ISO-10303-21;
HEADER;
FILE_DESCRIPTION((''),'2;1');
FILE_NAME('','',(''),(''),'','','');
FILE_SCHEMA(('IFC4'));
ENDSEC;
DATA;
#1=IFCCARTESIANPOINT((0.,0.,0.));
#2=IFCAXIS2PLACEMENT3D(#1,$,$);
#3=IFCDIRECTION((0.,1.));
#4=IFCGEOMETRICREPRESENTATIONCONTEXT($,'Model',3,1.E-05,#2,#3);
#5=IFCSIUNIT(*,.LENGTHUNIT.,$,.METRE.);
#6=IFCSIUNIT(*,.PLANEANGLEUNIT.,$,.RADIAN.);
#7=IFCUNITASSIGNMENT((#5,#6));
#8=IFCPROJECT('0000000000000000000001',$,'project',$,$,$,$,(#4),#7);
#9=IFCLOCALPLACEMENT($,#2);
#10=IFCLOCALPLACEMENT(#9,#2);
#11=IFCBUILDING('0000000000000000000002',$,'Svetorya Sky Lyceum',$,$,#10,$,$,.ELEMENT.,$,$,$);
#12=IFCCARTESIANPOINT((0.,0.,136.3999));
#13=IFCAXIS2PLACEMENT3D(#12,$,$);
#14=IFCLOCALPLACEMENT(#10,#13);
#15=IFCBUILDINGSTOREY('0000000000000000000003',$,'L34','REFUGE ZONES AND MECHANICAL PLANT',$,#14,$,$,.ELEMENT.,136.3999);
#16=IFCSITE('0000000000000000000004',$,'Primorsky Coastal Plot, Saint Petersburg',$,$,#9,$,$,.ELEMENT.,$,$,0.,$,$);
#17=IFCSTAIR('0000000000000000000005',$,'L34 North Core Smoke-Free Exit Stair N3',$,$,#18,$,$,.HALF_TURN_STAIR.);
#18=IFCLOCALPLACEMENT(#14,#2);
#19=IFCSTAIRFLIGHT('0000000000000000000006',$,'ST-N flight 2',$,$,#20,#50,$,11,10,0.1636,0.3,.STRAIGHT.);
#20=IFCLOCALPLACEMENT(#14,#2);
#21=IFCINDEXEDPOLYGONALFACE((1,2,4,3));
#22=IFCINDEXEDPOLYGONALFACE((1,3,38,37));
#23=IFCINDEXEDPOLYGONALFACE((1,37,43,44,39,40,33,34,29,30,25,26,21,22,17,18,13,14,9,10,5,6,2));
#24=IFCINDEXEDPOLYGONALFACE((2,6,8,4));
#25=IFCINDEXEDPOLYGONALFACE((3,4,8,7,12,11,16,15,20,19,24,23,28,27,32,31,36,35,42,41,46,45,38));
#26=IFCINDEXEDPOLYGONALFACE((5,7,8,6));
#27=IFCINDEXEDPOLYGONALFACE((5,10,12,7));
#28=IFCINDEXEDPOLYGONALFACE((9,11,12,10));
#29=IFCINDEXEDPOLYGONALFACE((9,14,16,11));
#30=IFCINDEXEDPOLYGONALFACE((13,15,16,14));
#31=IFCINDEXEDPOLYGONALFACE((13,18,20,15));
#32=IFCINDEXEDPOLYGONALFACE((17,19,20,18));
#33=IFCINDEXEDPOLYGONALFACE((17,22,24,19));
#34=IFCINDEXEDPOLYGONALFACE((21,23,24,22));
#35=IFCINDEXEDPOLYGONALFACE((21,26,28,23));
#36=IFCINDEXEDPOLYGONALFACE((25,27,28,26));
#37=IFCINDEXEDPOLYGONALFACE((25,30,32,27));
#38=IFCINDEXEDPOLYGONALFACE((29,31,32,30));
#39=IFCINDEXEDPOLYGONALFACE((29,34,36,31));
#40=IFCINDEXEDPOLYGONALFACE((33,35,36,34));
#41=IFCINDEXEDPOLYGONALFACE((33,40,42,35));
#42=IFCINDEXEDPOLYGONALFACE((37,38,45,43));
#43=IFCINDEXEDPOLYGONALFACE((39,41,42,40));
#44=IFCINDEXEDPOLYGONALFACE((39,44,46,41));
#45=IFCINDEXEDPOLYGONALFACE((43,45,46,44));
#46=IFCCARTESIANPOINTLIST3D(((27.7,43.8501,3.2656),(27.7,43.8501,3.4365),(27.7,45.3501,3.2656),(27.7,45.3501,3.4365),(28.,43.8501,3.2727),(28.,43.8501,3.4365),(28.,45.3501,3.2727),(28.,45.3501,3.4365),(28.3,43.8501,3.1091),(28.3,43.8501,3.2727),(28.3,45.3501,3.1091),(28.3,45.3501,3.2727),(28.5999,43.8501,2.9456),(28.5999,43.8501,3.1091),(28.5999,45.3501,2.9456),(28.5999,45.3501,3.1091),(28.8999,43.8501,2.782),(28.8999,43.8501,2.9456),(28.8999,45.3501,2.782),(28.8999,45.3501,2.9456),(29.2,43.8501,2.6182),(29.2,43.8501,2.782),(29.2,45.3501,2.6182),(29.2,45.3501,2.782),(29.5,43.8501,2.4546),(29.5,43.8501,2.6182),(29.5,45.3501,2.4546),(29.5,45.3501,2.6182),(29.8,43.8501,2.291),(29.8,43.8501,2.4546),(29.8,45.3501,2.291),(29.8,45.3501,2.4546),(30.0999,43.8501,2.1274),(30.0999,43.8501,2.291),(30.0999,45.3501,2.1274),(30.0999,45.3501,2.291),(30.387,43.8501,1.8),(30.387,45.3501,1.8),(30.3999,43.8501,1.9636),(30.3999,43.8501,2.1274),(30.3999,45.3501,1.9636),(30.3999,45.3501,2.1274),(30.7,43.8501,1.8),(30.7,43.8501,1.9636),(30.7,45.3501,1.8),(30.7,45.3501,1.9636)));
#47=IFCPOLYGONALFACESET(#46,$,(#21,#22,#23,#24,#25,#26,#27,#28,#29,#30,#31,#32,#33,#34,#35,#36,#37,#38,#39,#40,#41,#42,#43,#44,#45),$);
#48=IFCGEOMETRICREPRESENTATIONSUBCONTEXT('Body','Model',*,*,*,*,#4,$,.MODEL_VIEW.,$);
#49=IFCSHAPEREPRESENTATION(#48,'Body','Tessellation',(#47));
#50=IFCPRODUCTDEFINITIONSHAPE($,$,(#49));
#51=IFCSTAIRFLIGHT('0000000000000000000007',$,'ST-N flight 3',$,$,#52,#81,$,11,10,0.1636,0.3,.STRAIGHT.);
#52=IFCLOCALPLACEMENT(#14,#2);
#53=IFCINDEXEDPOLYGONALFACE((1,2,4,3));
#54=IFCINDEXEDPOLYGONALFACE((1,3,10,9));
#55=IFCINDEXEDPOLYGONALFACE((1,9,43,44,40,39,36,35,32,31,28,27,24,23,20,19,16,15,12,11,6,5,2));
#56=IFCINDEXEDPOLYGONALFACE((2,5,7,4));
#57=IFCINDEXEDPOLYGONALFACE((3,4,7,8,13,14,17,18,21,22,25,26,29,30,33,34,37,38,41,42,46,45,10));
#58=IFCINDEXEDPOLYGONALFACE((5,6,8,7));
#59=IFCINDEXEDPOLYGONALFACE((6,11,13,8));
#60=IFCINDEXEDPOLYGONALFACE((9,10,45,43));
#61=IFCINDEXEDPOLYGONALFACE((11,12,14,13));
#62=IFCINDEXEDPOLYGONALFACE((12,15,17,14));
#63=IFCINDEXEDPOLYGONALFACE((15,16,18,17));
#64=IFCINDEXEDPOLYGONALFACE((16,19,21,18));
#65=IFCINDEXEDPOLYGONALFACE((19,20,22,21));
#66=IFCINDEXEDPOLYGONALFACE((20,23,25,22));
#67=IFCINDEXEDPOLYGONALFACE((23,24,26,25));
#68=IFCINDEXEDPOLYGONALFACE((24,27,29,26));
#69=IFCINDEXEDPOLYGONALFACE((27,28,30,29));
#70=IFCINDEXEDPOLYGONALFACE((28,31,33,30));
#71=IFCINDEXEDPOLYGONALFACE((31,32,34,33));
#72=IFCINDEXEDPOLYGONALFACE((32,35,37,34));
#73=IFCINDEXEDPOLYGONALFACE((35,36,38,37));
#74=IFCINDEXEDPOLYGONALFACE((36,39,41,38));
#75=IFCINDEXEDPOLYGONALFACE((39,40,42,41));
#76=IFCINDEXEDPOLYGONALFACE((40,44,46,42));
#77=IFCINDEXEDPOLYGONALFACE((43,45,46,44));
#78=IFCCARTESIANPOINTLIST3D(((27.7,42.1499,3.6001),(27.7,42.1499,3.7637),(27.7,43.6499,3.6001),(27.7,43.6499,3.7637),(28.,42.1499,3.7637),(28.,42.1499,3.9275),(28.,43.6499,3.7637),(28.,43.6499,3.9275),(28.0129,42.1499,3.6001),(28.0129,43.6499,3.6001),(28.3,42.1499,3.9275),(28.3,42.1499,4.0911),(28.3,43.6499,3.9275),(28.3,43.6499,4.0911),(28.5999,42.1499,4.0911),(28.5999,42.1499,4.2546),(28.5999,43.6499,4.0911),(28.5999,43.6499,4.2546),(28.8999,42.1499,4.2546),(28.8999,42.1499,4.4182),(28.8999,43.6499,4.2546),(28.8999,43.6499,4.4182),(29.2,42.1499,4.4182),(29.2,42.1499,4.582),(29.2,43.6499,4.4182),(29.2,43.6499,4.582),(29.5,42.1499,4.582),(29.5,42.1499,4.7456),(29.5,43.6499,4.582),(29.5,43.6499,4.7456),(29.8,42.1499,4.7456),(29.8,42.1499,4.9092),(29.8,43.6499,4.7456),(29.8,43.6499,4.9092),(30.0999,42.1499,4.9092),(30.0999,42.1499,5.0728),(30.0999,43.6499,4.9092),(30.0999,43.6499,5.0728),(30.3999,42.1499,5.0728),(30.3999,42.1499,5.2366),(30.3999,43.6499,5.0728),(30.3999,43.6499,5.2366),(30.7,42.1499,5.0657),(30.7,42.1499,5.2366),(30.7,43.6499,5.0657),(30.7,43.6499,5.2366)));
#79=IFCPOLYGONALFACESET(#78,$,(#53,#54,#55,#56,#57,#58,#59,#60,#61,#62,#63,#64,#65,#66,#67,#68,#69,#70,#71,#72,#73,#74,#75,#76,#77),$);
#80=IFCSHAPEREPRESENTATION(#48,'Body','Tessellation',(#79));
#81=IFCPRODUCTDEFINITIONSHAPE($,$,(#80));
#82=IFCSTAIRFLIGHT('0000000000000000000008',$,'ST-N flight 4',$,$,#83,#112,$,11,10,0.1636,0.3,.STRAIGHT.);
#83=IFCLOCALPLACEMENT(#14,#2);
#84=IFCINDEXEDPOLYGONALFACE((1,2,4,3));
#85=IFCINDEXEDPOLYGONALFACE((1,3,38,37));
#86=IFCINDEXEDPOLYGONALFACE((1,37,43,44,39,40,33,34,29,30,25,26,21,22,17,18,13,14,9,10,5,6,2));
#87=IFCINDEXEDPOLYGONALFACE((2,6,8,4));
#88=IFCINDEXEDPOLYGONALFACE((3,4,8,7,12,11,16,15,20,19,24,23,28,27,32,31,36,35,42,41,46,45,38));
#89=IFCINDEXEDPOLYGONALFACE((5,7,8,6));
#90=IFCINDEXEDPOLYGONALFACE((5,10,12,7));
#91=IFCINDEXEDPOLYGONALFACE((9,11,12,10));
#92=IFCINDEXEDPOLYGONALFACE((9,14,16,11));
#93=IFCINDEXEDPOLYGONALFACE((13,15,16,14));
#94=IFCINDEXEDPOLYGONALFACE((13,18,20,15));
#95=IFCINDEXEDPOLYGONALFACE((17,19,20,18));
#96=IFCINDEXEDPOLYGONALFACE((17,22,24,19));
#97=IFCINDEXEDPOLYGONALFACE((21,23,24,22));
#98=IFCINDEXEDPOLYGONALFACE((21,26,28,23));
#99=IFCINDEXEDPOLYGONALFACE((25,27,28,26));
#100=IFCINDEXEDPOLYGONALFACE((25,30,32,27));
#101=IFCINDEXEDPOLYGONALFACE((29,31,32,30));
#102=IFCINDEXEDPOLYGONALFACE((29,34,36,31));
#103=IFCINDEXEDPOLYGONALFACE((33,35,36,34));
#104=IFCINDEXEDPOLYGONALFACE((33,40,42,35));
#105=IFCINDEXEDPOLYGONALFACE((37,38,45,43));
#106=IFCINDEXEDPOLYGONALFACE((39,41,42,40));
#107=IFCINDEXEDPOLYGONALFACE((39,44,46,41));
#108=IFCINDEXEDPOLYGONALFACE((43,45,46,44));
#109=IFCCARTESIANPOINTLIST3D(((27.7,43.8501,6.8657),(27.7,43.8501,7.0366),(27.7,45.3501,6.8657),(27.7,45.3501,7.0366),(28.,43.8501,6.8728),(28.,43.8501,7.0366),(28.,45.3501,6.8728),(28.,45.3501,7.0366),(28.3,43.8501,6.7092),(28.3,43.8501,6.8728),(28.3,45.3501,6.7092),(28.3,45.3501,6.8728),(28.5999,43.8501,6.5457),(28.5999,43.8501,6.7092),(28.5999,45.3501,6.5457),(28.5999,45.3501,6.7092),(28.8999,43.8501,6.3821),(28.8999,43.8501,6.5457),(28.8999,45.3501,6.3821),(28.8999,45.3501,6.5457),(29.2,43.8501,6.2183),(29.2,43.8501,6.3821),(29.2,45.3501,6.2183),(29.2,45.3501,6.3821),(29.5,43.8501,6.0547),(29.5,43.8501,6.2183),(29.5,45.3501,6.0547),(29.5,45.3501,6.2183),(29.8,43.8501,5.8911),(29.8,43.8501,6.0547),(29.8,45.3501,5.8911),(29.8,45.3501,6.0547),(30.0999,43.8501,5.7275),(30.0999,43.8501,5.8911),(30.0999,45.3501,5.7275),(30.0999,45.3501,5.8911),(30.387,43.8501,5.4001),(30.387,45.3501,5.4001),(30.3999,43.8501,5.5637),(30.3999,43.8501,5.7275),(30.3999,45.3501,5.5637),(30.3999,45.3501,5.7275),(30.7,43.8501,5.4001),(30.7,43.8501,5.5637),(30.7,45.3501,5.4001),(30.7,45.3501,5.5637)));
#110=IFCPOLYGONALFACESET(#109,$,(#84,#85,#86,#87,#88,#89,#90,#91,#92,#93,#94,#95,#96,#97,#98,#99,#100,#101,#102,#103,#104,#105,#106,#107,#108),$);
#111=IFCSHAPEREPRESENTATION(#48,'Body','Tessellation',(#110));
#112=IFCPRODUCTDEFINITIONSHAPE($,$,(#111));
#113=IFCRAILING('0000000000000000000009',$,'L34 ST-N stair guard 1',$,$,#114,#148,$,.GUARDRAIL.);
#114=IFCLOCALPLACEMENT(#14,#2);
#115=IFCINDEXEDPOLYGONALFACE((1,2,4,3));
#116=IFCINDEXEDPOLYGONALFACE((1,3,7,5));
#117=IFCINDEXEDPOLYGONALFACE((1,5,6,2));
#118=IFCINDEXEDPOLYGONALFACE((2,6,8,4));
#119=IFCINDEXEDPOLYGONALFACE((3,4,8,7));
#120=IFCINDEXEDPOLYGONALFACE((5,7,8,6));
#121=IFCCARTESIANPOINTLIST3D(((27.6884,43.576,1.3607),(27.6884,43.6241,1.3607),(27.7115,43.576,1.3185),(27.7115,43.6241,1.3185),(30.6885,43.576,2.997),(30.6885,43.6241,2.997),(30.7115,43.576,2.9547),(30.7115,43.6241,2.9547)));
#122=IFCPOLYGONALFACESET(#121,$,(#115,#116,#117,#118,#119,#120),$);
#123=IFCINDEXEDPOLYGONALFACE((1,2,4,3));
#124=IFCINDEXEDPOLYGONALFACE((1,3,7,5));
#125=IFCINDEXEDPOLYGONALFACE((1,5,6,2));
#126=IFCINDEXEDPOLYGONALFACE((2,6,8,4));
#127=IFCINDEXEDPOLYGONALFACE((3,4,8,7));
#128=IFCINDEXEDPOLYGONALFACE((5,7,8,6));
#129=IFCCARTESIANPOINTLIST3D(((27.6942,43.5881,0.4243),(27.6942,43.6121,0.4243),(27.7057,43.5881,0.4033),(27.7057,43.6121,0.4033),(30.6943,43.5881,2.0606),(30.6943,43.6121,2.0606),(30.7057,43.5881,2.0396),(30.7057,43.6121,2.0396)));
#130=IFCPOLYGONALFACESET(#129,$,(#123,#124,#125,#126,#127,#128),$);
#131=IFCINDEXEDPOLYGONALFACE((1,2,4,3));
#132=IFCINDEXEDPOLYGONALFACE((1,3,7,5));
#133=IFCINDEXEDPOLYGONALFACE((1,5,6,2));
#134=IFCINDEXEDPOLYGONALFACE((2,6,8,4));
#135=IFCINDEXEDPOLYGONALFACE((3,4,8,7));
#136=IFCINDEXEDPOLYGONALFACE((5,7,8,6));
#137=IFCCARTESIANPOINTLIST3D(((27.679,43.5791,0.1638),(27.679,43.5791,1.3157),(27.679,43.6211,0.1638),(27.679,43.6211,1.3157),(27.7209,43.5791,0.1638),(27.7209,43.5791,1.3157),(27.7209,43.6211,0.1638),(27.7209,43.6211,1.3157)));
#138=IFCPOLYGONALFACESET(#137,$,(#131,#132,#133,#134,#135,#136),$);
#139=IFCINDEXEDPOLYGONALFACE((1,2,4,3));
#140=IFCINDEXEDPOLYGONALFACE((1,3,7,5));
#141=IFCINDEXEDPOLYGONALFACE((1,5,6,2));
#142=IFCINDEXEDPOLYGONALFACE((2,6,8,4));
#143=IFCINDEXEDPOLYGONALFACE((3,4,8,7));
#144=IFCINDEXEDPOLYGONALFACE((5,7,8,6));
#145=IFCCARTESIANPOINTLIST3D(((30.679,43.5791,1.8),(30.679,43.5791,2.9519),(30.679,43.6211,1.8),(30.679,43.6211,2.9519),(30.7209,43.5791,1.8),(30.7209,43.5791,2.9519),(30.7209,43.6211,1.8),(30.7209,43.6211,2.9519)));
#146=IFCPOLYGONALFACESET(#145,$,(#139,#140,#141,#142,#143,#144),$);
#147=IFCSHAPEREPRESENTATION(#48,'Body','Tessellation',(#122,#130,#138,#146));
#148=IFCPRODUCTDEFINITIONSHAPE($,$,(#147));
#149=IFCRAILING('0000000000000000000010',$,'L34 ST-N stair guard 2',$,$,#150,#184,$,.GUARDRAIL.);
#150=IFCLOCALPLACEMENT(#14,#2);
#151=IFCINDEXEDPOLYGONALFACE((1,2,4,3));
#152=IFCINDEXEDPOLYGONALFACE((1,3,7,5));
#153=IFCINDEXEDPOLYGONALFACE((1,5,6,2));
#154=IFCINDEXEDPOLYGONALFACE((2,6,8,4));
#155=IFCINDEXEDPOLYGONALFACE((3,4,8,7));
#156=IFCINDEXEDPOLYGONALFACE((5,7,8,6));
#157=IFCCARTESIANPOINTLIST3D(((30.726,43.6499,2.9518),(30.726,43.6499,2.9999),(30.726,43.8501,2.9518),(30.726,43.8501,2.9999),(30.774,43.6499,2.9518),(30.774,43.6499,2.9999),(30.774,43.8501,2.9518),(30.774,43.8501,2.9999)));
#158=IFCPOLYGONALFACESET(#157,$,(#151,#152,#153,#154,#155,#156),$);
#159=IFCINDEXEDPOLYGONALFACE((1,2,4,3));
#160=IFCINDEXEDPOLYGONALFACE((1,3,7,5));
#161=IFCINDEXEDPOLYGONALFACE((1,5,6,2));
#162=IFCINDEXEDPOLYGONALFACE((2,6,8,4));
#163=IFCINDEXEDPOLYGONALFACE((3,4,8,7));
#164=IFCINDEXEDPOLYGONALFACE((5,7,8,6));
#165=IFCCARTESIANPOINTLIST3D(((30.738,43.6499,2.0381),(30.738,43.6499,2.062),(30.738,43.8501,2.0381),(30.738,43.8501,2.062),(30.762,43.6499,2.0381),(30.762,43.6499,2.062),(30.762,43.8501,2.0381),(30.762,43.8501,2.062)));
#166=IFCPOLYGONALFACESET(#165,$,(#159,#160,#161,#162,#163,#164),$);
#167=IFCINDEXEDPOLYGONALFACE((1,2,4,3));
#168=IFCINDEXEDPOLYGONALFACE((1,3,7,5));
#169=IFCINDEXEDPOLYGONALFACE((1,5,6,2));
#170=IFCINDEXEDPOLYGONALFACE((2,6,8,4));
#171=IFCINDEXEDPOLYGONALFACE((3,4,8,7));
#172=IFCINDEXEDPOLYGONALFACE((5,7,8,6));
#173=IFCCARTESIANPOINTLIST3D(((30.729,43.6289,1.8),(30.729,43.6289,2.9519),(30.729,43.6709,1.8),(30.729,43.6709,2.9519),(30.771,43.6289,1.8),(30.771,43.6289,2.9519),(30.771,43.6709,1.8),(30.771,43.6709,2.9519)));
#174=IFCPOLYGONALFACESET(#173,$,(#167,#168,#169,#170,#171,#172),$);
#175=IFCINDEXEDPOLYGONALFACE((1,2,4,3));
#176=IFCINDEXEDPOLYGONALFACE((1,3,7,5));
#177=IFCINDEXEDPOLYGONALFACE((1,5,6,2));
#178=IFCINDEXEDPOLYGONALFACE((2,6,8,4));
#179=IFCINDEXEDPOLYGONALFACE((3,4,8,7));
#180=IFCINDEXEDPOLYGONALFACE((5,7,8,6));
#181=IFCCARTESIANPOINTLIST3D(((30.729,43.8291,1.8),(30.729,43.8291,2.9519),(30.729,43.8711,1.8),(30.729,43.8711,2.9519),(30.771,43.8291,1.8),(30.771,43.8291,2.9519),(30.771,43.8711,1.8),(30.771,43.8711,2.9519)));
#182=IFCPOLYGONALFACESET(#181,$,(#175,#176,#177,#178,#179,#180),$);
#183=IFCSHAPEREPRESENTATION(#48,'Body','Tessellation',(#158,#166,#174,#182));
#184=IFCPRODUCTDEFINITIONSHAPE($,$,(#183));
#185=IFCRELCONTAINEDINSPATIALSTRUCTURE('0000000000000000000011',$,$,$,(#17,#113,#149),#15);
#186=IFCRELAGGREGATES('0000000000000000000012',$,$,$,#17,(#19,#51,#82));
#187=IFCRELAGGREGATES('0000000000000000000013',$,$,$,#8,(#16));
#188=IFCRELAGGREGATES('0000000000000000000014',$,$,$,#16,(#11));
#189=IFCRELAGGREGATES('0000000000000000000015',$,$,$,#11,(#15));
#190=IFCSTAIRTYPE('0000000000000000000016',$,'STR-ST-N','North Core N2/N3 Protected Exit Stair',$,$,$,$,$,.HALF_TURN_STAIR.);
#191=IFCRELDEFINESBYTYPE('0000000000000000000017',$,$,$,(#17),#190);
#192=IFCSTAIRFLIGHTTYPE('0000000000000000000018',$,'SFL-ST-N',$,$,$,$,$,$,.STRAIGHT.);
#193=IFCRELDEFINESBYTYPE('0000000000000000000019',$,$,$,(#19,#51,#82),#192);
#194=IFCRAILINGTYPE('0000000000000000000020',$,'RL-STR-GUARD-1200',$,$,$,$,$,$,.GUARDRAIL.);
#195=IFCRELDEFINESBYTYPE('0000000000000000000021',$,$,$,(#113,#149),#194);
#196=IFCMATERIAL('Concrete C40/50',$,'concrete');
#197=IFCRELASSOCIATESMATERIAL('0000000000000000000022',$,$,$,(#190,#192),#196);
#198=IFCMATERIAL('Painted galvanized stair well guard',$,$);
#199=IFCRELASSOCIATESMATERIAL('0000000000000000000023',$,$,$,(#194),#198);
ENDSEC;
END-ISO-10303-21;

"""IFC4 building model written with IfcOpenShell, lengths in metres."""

from ifc_helpers import new_model, si_unit, direction, frame, origin, origin_2d, place, context, subcontext, project, spatial, polyline, rectangle, outline, extrude, material, type_object, element, aggregate, save


model = new_model("IFC4")

# Units and contexts
model_context = context("Model", 3, precision=1e-05, world=origin(), true_north=direction((0.0, 1.0)))
body_context = subcontext(model_context, "Body", "Model", "MODEL_VIEW")
ifc_project = project(units=[si_unit("LENGTHUNIT", "METRE"), si_unit("PLANEANGLEUNIT", "RADIAN")], contexts=[model_context])

# Site, building, storey
site_placement = place(None, origin())
site = spatial("IfcSite", under=ifc_project, at=site_placement, Name="Primorsky Coastal Plot, Saint Petersburg", CompositionType="ELEMENT", RefElevation=0.0)
building_placement = place(site_placement, origin())
building = spatial("IfcBuilding", under=site, at=building_placement, Name="Svetorya Sky Lyceum", CompositionType="ELEMENT")
storey_placement = place(building_placement, frame((0.0, 0.0, 136.3999)))
storey = spatial("IfcBuildingStorey", under=building, at=storey_placement, Name="L34", Description="REFUGE ZONES AND MECHANICAL PLANT", CompositionType="ELEMENT", Elevation=136.3999)

# Stair, stair flights
ifc_material_1 = material(Name="Concrete C40/50", Category="concrete")
stair_type = type_object("IfcStairType", Name="STR-ST-N", Description="North Core N2/N3 Protected Exit Stair", PredefinedType="HALF_TURN_STAIR", material=ifc_material_1)
stair_placement = place(storey_placement, origin())
stair = element("IfcStair", 1, at=stair_placement, inside=storey, type_object=stair_type, Name="L34 North Core Smoke-Free Exit Stair N3", PredefinedType="HALF_TURN_STAIR")
stair_flight_type = type_object("IfcStairFlightType", Name="SFL-ST-N", PredefinedType="STRAIGHT", material=ifc_material_1)
stair_flight_1_placement = place(storey_placement, frame((30.7, 44.6001, 1.8), z_axis=(0.0, 0.0, 1.0), x_axis=(-1.0, 0.0, 0.0)))
stair_flight_1 = element("IfcStairFlight", 2, at=stair_flight_1_placement, type_object=stair_flight_type, Name="ST-N flight 2", NumberOfRisers=11, NumberOfTreads=10, PredefinedType="STRAIGHT", RiserHeight=0.1636, TreadLength=0.3, context=body_context, shape_type="SweptSolid", body=[
    extrude(outline(polyline([(0.0, 0.0), (0.0, 0.1636), (0.3, 0.1636), (0.3, 0.3274), (0.6001, 0.3274), (0.6001, 0.491), (0.8999, 0.491), (0.8999, 0.6545), (1.2, 0.6545), (1.2, 0.8181), (1.5, 0.8181), (1.5, 0.9819), (1.8, 0.9819), (1.8, 1.1455), (2.1001, 1.1455), (2.1001, 1.3091), (2.3999, 1.3091), (2.3999, 1.4727), (2.7, 1.4727), (2.7, 1.6365), (3.0, 1.6365), (3.0, 1.8), (3.0, 1.4656), (0.313, 0.0), (0.0, 0.0)])), frame((0.0, 0.75, 0.0), z_axis=(0.0, -1.0, 0.0), x_axis=(1.0, 0.0, 0.0)), (0.0, 0.0, 1.0), 1.5),
])
stair_flight_2_placement = place(storey_placement, frame((27.7, 42.8999, 3.6001), z_axis=(0.0, 0.0, 1.0), x_axis=(1.0, 0.0, 0.0)))
stair_flight_2 = element("IfcStairFlight", 3, at=stair_flight_2_placement, type_object=stair_flight_type, Name="ST-N flight 3", NumberOfRisers=11, NumberOfTreads=10, PredefinedType="STRAIGHT", RiserHeight=0.1636, TreadLength=0.3, context=body_context, shape_type="SweptSolid", body=[
    extrude(outline(polyline([(0.0, 0.0), (0.0, 0.1636), (0.3, 0.1636), (0.3, 0.3274), (0.6001, 0.3274), (0.6001, 0.491), (0.8999, 0.491), (0.8999, 0.6545), (1.2, 0.6545), (1.2, 0.8181), (1.5, 0.8181), (1.5, 0.9819), (1.8, 0.9819), (1.8, 1.1455), (2.1001, 1.1455), (2.1001, 1.3091), (2.3999, 1.3091), (2.3999, 1.4727), (2.7, 1.4727), (2.7, 1.6365), (3.0, 1.6365), (3.0, 1.8), (3.0, 1.4656), (0.313, 0.0), (0.0, 0.0)])), frame((0.0, 0.75, 0.0), z_axis=(0.0, -1.0, 0.0), x_axis=(1.0, 0.0, 0.0)), (0.0, 0.0, 1.0), 1.5),
])
stair_flight_3_placement = place(storey_placement, frame((30.7, 44.6001, 5.4001), z_axis=(0.0, 0.0, 1.0), x_axis=(-1.0, 0.0, 0.0)))
stair_flight_3 = element("IfcStairFlight", 4, at=stair_flight_3_placement, type_object=stair_flight_type, Name="ST-N flight 4", NumberOfRisers=11, NumberOfTreads=10, PredefinedType="STRAIGHT", RiserHeight=0.1636, TreadLength=0.3, context=body_context, shape_type="SweptSolid", body=[
    extrude(outline(polyline([(0.0, 0.0), (0.0, 0.1636), (0.3, 0.1636), (0.3, 0.3274), (0.6001, 0.3274), (0.6001, 0.491), (0.8999, 0.491), (0.8999, 0.6545), (1.2, 0.6545), (1.2, 0.8181), (1.5, 0.8181), (1.5, 0.9819), (1.8, 0.9819), (1.8, 1.1455), (2.1001, 1.1455), (2.1001, 1.3091), (2.3999, 1.3091), (2.3999, 1.4727), (2.7, 1.4727), (2.7, 1.6365), (3.0, 1.6365), (3.0, 1.8), (3.0, 1.4656), (0.313, 0.0), (0.0, 0.0)])), frame((0.0, 0.75, 0.0), z_axis=(0.0, -1.0, 0.0), x_axis=(1.0, 0.0, 0.0)), (0.0, 0.0, 1.0), 1.5),
])
aggregate(stair, [stair_flight_1, stair_flight_2, stair_flight_3])

# Railings
ifc_material_2 = material(Name="Painted galvanized stair well guard")
railing_type_1 = type_object("IfcRailingType", Name="RL-STR-GUARD-1200", PredefinedType="GUARDRAIL", material=ifc_material_2)
railing_1_placement = place(storey_placement, frame((27.7, 43.6001, 0.1638)))
element("IfcRailing", 5, at=railing_1_placement, inside=storey, type_object=railing_type_1, Name="L34 ST-N stair guard 1", PredefinedType="GUARDRAIL", context=body_context, shape_type="SweptSolid", body=[
    extrude(rectangle(XDim=0.0481, YDim=0.0481, at=origin_2d()), frame((0.0, 0.0, 1.1758), z_axis=(0.877912, 0.0, 0.478822), x_axis=(0.0, 1.0, 0.0)), (0.0, 0.0, 1.0), 3.4172),
    extrude(rectangle(XDim=0.0239, YDim=0.0239, at=origin_2d()), frame((0.0, 0.0, 0.25), z_axis=(0.877912, 0.0, 0.478822), x_axis=(0.0, 1.0, 0.0)), (0.0, 0.0, 1.0), 3.4172),
    extrude(rectangle(XDim=0.042, YDim=0.042, at=origin_2d()), origin(), (0.0, 0.0, 1.0), 1.1519),
    extrude(rectangle(XDim=0.042, YDim=0.042, at=origin_2d()), frame((3.0, 0.0, 1.6362)), (0.0, 0.0, 1.0), 1.1519),
])
railing_2_placement = place(storey_placement, frame((30.75, 43.6499, 1.8)))
element("IfcRailing", 6, at=railing_2_placement, inside=storey, type_object=railing_type_1, Name="L34 ST-N stair guard 2", PredefinedType="GUARDRAIL", context=body_context, shape_type="SweptSolid", body=[
    extrude(rectangle(XDim=0.0481, YDim=0.0481, at=origin_2d()), frame((0.0, 0.0, 1.1758), z_axis=(0.0, 1.0, 0.0), x_axis=(-1.0, 0.0, 0.0)), (0.0, 0.0, 1.0), 0.2002),
    extrude(rectangle(XDim=0.0239, YDim=0.0239, at=origin_2d()), frame((0.0, 0.0, 0.25), z_axis=(0.0, 1.0, 0.0), x_axis=(-1.0, 0.0, 0.0)), (0.0, 0.0, 1.0), 0.2002),
    extrude(rectangle(XDim=0.042, YDim=0.042, at=origin_2d()), origin(), (0.0, 0.0, 1.0), 1.1519),
    extrude(rectangle(XDim=0.042, YDim=0.042, at=origin_2d()), frame((0.0, 0.2002, 0.0)), (0.0, 0.0, 1.0), 1.1519),
])

save(model, "model.ifc")
